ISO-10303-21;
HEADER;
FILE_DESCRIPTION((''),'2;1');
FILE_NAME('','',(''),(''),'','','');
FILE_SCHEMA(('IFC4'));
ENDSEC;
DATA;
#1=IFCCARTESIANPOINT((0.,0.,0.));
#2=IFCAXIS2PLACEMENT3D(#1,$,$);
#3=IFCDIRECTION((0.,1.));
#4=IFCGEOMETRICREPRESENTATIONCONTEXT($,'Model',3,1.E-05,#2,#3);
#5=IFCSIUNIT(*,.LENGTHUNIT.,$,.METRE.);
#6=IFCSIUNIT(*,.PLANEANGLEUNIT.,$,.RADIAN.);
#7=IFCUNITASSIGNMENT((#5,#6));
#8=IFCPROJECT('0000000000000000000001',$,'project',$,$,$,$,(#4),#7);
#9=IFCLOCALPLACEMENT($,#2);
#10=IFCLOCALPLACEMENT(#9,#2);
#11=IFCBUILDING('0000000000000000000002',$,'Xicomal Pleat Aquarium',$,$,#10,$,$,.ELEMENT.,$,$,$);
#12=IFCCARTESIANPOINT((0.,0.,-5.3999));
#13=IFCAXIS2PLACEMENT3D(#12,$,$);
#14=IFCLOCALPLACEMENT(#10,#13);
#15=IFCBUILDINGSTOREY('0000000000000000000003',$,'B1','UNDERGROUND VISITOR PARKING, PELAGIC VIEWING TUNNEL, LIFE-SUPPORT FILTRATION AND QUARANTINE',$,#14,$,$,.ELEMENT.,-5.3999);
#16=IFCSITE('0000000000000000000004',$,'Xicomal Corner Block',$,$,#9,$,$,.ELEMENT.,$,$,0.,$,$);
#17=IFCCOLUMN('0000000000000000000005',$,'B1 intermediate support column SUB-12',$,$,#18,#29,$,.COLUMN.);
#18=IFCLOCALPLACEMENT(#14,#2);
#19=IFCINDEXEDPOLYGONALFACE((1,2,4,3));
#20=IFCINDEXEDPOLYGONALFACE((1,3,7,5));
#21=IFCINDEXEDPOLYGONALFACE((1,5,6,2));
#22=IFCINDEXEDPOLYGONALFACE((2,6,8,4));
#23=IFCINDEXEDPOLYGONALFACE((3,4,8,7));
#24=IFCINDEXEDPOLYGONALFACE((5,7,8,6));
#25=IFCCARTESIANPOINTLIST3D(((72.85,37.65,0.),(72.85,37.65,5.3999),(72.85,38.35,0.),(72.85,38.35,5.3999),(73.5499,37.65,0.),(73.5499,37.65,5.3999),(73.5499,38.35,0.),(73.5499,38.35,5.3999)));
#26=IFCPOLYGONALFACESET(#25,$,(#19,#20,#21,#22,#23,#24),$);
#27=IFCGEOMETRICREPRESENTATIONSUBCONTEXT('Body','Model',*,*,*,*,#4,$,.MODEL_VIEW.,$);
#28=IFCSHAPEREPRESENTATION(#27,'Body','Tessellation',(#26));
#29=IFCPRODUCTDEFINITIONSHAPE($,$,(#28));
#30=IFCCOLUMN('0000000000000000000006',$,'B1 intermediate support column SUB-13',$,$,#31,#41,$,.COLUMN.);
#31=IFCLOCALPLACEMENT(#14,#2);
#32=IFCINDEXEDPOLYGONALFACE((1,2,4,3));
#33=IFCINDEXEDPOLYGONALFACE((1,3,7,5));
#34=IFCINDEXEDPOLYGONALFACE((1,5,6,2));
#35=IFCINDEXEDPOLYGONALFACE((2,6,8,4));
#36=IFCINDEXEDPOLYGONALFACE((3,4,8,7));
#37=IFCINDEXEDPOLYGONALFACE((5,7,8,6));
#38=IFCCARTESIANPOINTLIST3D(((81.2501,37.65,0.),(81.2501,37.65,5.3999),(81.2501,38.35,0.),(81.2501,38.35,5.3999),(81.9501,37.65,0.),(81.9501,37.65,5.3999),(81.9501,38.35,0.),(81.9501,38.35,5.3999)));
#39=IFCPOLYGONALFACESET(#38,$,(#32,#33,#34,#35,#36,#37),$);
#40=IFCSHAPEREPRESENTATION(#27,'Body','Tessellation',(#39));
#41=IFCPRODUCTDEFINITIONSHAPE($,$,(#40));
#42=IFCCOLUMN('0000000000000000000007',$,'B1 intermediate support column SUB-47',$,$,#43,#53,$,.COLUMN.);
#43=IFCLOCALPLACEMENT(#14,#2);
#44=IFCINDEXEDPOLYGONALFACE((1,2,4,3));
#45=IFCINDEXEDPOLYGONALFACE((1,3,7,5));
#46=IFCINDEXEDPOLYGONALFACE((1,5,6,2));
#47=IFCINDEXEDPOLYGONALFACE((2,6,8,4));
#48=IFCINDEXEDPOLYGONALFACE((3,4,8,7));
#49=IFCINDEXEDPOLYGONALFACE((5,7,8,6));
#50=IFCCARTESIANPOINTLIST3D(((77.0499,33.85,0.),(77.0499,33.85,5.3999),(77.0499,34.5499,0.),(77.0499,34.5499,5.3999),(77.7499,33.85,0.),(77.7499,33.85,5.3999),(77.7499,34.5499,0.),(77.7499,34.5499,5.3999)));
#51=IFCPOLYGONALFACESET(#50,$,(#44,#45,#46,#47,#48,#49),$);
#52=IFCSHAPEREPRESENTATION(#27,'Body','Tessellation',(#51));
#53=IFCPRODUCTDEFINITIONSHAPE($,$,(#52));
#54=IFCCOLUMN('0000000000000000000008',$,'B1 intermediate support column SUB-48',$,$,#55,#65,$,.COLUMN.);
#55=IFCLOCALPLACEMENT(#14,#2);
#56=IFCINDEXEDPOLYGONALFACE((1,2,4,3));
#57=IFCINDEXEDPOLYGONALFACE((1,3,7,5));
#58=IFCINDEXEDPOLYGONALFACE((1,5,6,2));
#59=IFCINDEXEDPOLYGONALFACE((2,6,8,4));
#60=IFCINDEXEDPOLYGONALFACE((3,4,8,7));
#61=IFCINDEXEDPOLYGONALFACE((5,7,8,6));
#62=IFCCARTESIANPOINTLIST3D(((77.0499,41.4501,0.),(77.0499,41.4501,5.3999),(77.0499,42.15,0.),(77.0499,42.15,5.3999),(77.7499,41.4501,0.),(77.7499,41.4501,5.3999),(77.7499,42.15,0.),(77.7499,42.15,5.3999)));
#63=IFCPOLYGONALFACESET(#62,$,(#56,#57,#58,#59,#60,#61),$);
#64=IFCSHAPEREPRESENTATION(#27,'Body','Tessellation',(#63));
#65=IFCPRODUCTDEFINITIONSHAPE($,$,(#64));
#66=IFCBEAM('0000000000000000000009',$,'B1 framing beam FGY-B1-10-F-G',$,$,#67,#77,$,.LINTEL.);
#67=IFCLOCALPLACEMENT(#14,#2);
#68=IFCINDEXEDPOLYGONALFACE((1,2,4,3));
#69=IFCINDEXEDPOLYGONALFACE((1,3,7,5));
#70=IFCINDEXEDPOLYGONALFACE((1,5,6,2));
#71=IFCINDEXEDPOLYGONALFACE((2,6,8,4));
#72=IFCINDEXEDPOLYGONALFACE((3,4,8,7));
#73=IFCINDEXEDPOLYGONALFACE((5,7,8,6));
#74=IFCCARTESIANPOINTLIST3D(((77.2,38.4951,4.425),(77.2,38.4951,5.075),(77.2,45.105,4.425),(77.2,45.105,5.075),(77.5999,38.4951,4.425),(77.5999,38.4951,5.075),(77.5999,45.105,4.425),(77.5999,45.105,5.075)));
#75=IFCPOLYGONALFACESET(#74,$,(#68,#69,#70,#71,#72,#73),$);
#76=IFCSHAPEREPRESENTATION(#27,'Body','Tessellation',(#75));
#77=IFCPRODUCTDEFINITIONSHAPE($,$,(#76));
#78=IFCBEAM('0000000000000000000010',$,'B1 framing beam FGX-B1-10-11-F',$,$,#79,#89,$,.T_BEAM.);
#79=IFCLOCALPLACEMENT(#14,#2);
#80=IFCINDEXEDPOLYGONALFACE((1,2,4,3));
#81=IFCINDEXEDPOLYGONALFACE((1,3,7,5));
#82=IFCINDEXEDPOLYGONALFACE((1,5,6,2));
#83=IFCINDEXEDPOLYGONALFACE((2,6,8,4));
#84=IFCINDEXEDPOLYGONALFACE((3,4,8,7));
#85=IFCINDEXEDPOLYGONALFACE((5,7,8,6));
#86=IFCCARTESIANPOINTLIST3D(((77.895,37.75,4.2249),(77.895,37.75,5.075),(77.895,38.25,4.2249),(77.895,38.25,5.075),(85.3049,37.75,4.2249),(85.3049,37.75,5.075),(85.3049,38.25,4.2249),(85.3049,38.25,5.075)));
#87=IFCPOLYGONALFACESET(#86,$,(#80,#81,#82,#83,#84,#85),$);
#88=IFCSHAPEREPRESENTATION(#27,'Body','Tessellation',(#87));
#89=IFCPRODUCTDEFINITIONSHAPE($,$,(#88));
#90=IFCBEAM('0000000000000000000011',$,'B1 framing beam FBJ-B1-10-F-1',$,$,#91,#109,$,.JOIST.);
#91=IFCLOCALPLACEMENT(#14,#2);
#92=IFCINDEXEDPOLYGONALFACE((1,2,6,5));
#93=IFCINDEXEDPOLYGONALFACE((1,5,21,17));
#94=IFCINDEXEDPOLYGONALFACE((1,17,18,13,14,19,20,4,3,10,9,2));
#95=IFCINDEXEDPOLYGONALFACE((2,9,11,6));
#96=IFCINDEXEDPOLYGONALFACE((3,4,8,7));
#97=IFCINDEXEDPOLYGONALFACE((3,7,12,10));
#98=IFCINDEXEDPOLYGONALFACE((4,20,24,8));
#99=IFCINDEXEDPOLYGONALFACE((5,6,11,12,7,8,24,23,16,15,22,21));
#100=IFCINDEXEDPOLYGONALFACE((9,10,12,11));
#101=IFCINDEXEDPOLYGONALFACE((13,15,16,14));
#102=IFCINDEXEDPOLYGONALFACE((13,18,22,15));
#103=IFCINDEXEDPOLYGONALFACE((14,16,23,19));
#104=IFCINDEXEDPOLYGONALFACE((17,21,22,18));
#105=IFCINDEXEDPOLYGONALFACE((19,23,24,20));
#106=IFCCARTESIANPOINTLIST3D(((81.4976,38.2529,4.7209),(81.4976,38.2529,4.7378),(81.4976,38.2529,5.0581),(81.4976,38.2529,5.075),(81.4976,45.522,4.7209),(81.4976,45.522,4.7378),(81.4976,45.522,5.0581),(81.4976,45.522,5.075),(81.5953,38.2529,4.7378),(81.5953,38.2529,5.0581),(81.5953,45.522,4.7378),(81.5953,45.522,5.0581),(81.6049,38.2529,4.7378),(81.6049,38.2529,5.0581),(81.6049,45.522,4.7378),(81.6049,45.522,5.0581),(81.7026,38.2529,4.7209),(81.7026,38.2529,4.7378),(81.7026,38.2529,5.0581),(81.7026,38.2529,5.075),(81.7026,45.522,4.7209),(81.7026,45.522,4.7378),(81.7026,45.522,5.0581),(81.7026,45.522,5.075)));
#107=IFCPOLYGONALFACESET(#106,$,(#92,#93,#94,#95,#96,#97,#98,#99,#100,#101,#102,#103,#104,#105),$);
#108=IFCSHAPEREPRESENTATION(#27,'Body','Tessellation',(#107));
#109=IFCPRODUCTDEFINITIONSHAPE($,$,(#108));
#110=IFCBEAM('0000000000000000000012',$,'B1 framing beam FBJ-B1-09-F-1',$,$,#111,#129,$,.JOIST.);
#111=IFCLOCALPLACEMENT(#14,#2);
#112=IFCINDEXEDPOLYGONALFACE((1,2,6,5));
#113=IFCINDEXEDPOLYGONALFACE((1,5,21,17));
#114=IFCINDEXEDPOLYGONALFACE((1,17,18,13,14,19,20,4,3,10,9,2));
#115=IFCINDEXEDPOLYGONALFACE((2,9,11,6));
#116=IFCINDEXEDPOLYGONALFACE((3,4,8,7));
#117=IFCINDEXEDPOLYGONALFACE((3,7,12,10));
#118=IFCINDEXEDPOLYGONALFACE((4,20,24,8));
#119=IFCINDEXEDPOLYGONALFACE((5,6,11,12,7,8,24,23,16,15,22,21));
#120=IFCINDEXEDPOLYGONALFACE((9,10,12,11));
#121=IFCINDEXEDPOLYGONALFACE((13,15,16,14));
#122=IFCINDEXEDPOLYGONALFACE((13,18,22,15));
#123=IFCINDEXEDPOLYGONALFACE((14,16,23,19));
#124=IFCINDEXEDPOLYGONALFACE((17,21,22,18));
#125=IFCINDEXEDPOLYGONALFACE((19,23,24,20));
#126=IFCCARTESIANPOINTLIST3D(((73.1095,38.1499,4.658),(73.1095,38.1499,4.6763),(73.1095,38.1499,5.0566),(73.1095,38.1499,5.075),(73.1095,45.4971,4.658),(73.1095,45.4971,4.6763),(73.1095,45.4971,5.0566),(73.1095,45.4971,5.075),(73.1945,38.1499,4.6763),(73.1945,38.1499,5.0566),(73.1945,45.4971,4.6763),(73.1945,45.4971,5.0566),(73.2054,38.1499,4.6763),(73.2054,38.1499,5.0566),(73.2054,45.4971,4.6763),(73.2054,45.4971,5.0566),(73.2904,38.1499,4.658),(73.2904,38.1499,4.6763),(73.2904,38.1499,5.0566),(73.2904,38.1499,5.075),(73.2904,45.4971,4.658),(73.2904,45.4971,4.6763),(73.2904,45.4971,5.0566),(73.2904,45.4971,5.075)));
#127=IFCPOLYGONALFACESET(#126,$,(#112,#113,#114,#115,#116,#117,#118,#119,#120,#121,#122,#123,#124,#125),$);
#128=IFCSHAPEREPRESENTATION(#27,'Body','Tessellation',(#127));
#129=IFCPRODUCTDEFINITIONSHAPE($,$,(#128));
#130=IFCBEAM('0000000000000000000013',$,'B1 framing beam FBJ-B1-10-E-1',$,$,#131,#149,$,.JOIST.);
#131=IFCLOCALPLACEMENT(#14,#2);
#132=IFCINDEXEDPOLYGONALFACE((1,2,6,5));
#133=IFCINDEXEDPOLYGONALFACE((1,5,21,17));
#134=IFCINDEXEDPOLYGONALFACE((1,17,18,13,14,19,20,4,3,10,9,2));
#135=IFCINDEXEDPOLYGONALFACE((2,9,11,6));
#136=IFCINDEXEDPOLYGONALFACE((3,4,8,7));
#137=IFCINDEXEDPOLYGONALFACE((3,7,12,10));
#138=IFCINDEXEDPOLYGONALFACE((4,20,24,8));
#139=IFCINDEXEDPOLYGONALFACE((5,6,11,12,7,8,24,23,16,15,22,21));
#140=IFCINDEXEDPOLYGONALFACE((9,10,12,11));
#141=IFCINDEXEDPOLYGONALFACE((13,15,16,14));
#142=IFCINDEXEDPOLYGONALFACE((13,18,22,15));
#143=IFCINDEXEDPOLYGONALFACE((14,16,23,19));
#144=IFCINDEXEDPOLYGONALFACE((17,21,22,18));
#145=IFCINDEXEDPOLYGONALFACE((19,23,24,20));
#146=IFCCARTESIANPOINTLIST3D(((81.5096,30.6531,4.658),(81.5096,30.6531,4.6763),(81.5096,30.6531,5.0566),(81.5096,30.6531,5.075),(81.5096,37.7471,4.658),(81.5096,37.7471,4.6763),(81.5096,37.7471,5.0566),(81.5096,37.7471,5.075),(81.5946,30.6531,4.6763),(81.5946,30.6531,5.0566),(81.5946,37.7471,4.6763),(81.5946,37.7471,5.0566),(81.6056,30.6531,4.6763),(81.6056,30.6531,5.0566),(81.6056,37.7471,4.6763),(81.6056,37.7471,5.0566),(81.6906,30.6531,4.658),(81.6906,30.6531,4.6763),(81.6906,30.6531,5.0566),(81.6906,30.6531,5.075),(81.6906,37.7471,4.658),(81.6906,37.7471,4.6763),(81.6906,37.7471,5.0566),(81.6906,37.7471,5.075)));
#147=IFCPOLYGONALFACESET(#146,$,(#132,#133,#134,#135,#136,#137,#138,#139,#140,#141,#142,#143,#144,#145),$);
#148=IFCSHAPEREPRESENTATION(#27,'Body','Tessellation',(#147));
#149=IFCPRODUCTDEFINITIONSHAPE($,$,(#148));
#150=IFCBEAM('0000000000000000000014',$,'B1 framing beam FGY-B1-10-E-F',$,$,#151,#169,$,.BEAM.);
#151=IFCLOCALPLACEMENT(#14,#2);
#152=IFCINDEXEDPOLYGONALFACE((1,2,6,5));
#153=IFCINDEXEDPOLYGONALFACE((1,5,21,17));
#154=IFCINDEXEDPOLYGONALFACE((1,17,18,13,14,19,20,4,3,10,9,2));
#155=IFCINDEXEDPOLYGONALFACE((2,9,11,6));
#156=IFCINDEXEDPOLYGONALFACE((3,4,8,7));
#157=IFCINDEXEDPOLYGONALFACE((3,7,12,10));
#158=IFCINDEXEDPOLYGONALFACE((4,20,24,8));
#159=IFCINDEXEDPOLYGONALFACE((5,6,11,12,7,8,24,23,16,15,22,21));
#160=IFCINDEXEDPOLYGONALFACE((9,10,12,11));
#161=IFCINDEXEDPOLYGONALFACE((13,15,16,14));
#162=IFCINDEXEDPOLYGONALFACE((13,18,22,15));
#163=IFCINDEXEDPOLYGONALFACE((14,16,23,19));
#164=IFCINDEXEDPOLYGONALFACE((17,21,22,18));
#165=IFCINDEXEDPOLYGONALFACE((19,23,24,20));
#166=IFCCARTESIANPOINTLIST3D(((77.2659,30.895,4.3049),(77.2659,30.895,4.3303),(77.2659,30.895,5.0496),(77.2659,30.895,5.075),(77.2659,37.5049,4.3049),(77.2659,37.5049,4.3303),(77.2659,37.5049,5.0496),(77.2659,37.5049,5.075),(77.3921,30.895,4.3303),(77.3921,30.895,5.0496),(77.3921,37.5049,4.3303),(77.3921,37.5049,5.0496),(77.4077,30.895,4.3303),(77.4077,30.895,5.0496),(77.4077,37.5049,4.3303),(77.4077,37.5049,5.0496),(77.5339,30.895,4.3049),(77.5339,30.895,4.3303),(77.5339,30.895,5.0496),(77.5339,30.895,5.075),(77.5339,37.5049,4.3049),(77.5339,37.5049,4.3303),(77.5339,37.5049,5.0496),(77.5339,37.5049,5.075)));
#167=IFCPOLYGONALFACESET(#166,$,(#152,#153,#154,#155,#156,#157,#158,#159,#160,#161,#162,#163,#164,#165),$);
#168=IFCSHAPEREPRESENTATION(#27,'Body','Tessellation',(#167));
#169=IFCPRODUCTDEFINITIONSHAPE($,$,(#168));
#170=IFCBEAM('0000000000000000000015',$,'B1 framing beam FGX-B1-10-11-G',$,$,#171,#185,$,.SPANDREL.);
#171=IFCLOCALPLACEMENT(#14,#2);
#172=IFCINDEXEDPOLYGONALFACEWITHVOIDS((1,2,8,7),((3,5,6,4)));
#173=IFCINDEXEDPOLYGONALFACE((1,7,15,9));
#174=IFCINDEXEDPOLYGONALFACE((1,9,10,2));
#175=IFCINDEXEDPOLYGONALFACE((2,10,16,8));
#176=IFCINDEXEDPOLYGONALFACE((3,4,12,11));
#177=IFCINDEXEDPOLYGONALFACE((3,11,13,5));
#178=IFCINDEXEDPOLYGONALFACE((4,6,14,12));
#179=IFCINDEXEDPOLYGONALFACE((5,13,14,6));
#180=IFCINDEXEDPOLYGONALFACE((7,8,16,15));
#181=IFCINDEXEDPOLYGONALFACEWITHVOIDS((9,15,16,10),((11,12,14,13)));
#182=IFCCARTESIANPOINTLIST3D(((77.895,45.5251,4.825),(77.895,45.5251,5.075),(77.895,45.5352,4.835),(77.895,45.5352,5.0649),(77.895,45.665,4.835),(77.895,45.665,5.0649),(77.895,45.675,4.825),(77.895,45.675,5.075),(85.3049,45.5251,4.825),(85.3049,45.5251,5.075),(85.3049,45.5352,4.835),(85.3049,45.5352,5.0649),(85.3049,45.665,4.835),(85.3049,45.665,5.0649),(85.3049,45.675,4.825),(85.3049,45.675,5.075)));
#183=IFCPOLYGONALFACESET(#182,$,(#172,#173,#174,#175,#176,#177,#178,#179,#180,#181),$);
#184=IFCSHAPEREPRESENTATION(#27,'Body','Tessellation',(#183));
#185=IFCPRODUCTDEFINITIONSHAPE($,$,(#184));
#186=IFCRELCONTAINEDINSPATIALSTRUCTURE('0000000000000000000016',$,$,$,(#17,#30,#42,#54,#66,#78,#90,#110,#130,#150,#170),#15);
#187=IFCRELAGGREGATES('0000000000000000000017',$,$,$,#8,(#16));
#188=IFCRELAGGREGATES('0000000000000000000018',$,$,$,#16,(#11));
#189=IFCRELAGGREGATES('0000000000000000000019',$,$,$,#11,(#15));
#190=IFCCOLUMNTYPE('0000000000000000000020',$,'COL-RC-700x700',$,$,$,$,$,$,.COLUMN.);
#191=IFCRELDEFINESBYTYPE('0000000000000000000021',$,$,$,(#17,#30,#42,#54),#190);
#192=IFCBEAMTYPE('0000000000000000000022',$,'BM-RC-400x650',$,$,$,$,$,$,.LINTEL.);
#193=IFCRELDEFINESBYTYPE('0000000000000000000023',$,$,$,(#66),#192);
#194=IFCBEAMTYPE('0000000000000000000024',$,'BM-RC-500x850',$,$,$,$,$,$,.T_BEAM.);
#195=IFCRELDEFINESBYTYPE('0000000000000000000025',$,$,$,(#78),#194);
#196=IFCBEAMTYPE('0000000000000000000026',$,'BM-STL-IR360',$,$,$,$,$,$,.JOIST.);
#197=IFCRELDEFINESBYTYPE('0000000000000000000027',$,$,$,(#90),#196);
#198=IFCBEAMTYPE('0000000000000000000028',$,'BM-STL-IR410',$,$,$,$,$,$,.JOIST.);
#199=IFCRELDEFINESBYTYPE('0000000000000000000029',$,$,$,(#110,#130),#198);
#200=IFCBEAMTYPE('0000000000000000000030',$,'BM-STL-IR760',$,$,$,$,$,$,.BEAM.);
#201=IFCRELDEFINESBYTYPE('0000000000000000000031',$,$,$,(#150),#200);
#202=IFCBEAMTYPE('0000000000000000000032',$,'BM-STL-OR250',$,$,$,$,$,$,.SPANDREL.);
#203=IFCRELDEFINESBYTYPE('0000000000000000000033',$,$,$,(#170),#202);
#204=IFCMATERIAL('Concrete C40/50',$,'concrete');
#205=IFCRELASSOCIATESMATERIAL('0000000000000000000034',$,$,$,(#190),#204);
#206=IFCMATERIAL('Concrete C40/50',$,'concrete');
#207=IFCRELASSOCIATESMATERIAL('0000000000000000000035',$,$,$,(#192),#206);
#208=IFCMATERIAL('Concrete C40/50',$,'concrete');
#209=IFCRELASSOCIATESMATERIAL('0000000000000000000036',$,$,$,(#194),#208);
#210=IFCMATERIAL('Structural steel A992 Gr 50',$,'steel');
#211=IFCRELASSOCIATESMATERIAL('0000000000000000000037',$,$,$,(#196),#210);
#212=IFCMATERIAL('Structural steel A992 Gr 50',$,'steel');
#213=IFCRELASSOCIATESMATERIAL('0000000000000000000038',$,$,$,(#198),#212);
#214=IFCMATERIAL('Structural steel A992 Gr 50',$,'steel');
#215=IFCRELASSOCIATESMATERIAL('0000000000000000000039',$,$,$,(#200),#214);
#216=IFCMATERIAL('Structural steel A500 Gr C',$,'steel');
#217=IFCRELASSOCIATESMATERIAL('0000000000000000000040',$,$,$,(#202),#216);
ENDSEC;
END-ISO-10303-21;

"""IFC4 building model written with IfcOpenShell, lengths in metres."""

from ifc_helpers import new_model, si_unit, direction, frame, origin, origin_2d, place, context, subcontext, project, spatial, rectangle, hollow_rectangle, i_section, extrude, material, material_profile, profile_set, type_object, element, save


model = new_model("IFC4")

# Units and contexts
model_context = context("Model", 3, precision=1e-05, world=origin(), true_north=direction((0.0, 1.0)))
body_context = subcontext(model_context, "Body", "Model", "MODEL_VIEW")
ifc_project = project(units=[si_unit("LENGTHUNIT", "METRE"), si_unit("PLANEANGLEUNIT", "RADIAN")], contexts=[model_context])

# Site, building, storey
site_placement = place(None, origin())
site = spatial("IfcSite", under=ifc_project, at=site_placement, Name="Xicomal Corner Block", CompositionType="ELEMENT", RefElevation=0.0)
building_placement = place(site_placement, origin())
building = spatial("IfcBuilding", under=site, at=building_placement, Name="Xicomal Pleat Aquarium", CompositionType="ELEMENT")
storey_placement = place(building_placement, frame((0.0, 0.0, -5.3999)))
storey = spatial("IfcBuildingStorey", under=building, at=storey_placement, Name="B1", Description="UNDERGROUND VISITOR PARKING, PELAGIC VIEWING TUNNEL, LIFE-SUPPORT FILTRATION AND QUARANTINE", CompositionType="ELEMENT", Elevation=-5.3999)

# Columns
ifc_material_1 = material(Name="Concrete C40/50", Category="concrete")
ifc_material_profile_1 = material_profile(ifc_material_1, rectangle(XDim=0.7, YDim=0.7, at=origin_2d()), Name="RC 700x700")
ifc_profile_set_1 = profile_set([ifc_material_profile_1], Name="Concrete C40/50")
column_type_1 = type_object("IfcColumnType", Name="COL-RC-700x700", PredefinedType="COLUMN", material=ifc_profile_set_1)
for number, where, z_axis, x_axis, name in (
    (1, (73.2, 38.0, 0.0), (0.0, 0.0, 1.0), (1.0, 0.0, 0.0), "B1 intermediate support column SUB-12"),
    (2, (81.6001, 38.0, 0.0), (0.0, 0.0, 1.0), (1.0, 0.0, 0.0), "B1 intermediate support column SUB-13"),
    (3, (77.3999, 34.2, 0.0), (0.0, 0.0, 1.0), (1.0, 0.0, 0.0), "B1 intermediate support column SUB-47"),
    (4, (77.3999, 41.8, 0.0), (0.0, 0.0, 1.0), (1.0, 0.0, 0.0), "B1 intermediate support column SUB-48"),
):
    element("IfcColumn", number, at=place(storey_placement, frame(where, z_axis=z_axis, x_axis=x_axis)), inside=storey, type_object=column_type_1, Name=name, PredefinedType="COLUMN", context=body_context, shape_type="SweptSolid", body=[
        extrude(rectangle(XDim=0.7, YDim=0.7, at=origin_2d()), origin(), (0.0, 0.0, 1.0), 5.3999),
    ])

# Beams
ifc_material_2 = material(Name="Concrete C40/50", Category="concrete")
ifc_material_profile_2 = material_profile(ifc_material_2, rectangle(XDim=0.3999, YDim=0.6499, at=origin_2d()), Name="RC 400x650")
ifc_profile_set_2 = profile_set([ifc_material_profile_2], Name="Concrete C40/50")
beam_type_1 = type_object("IfcBeamType", Name="BM-RC-400x650", PredefinedType="LINTEL", material=ifc_profile_set_2)
beam_1_placement = place(storey_placement, frame((77.3999, 38.4951, 4.75), z_axis=(0.0, 1.0, 0.0), x_axis=(-1.0, 0.0, 0.0)))
element("IfcBeam", 5, at=beam_1_placement, inside=storey, type_object=beam_type_1, Name="B1 framing beam FGY-B1-10-F-G", PredefinedType="LINTEL", context=body_context, shape_type="SweptSolid", body=[
    extrude(rectangle(XDim=0.3999, YDim=0.6499, at=origin_2d()), origin(), (0.0, 0.0, 1.0), 6.6099),
])
ifc_material_3 = material(Name="Concrete C40/50", Category="concrete")
ifc_material_profile_3 = material_profile(ifc_material_3, rectangle(XDim=0.5, YDim=0.8501, at=origin_2d()), Name="RC 500x850")
ifc_profile_set_3 = profile_set([ifc_material_profile_3], Name="Concrete C40/50")
beam_type_2 = type_object("IfcBeamType", Name="BM-RC-500x850", PredefinedType="T_BEAM", material=ifc_profile_set_3)
beam_2_placement = place(storey_placement, frame((77.895, 38.0, 4.6499), z_axis=(1.0, 0.0, 0.0), x_axis=(0.0, 1.0, 0.0)))
element("IfcBeam", 6, at=beam_2_placement, inside=storey, type_object=beam_type_2, Name="B1 framing beam FGX-B1-10-11-F", PredefinedType="T_BEAM", context=body_context, shape_type="SweptSolid", body=[
    extrude(rectangle(XDim=0.5, YDim=0.8501, at=origin_2d()), origin(), (0.0, 0.0, 1.0), 7.4099),
])
ifc_material_4 = material(Name="Structural steel A992 Gr 50", Category="steel")
ifc_material_profile_4 = material_profile(ifc_material_4, i_section(OverallWidth=0.2051, OverallDepth=0.354, WebThickness=0.0095, FlangeThickness=0.0168, at=origin_2d()), Name="IR 360x79")
ifc_profile_set_4 = profile_set([ifc_material_profile_4], Name="Structural steel A992 Gr 50")
beam_type_3 = type_object("IfcBeamType", Name="BM-STL-IR360", PredefinedType="JOIST", material=ifc_profile_set_4)
beam_3_placement = place(storey_placement, frame((81.6001, 38.2529, 4.8979), z_axis=(0.0, 1.0, 0.0), x_axis=(-1.0, 0.0, 0.0)))
element("IfcBeam", 7, at=beam_3_placement, inside=storey, type_object=beam_type_3, Name="B1 framing beam FBJ-B1-10-F-1", PredefinedType="JOIST", context=body_context, shape_type="SweptSolid", body=[
    extrude(i_section(OverallWidth=0.2051, OverallDepth=0.354, WebThickness=0.0095, FlangeThickness=0.0168, at=origin_2d()), origin(), (0.0, 0.0, 1.0), 7.269),
])
ifc_material_5 = material(Name="Structural steel A992 Gr 50", Category="steel")
ifc_material_profile_5 = material_profile(ifc_material_5, i_section(OverallWidth=0.1809, OverallDepth=0.417, WebThickness=0.011, FlangeThickness=0.0183, at=origin_2d()), Name="IR 410x85")
ifc_profile_set_5 = profile_set([ifc_material_profile_5], Name="Structural steel A992 Gr 50")
beam_type_4 = type_object("IfcBeamType", Name="BM-STL-IR410", PredefinedType="JOIST", material=ifc_profile_set_5)
beam_4_placement = place(storey_placement, frame((73.2, 38.1499, 4.8665), z_axis=(0.0, 1.0, 0.0), x_axis=(-1.0, 0.0, 0.0)))
element("IfcBeam", 8, at=beam_4_placement, inside=storey, type_object=beam_type_4, Name="B1 framing beam FBJ-B1-09-F-1", PredefinedType="JOIST", context=body_context, shape_type="SweptSolid", body=[
    extrude(i_section(OverallWidth=0.1809, OverallDepth=0.417, WebThickness=0.011, FlangeThickness=0.0183, at=origin_2d()), origin(), (0.0, 0.0, 1.0), 7.3472),
])
beam_5_placement = place(storey_placement, frame((81.6001, 30.6531, 4.8665), z_axis=(0.0, 1.0, 0.0), x_axis=(-1.0, 0.0, 0.0)))
element("IfcBeam", 9, at=beam_5_placement, inside=storey, type_object=beam_type_4, Name="B1 framing beam FBJ-B1-10-E-1", PredefinedType="JOIST", context=body_context, shape_type="SweptSolid", body=[
    extrude(i_section(OverallWidth=0.1809, OverallDepth=0.417, WebThickness=0.011, FlangeThickness=0.0183, at=origin_2d()), origin(), (0.0, 0.0, 1.0), 7.094),
])
ifc_material_6 = material(Name="Structural steel A992 Gr 50", Category="steel")
ifc_material_profile_6 = material_profile(ifc_material_6, i_section(OverallWidth=0.2681, OverallDepth=0.77, WebThickness=0.0156, FlangeThickness=0.0254, at=origin_2d()), Name="IR 760x196")
ifc_profile_set_6 = profile_set([ifc_material_profile_6], Name="Structural steel A992 Gr 50")
beam_type_5 = type_object("IfcBeamType", Name="BM-STL-IR760", PredefinedType="BEAM", material=ifc_profile_set_6)
beam_6_placement = place(storey_placement, frame((77.3999, 30.895, 4.6899), z_axis=(0.0, 1.0, 0.0), x_axis=(-1.0, 0.0, 0.0)))
element("IfcBeam", 10, at=beam_6_placement, inside=storey, type_object=beam_type_5, Name="B1 framing beam FGY-B1-10-E-F", PredefinedType="BEAM", context=body_context, shape_type="SweptSolid", body=[
    extrude(i_section(OverallWidth=0.2681, OverallDepth=0.77, WebThickness=0.0156, FlangeThickness=0.0254, at=origin_2d()), origin(), (0.0, 0.0, 1.0), 6.6099),
])
ifc_material_7 = material(Name="Structural steel A500 Gr C", Category="steel")
ifc_material_profile_7 = material_profile(ifc_material_7, hollow_rectangle(XDim=0.1499, YDim=0.25, WallThickness=0.01, at=origin_2d()), Name="OR 250x150x10")
ifc_profile_set_7 = profile_set([ifc_material_profile_7], Name="Structural steel A500 Gr C")
beam_type_6 = type_object("IfcBeamType", Name="BM-STL-OR250", PredefinedType="SPANDREL", material=ifc_profile_set_7)
beam_7_placement = place(storey_placement, frame((77.895, 45.6001, 4.95), z_axis=(1.0, 0.0, 0.0), x_axis=(0.0, 1.0, 0.0)))
element("IfcBeam", 11, at=beam_7_placement, inside=storey, type_object=beam_type_6, Name="B1 framing beam FGX-B1-10-11-G", PredefinedType="SPANDREL", context=body_context, shape_type="SweptSolid", body=[
    extrude(hollow_rectangle(XDim=0.1499, YDim=0.25, WallThickness=0.01, at=origin_2d()), origin(), (0.0, 0.0, 1.0), 7.4099),
])

save(model, "model.ifc")
